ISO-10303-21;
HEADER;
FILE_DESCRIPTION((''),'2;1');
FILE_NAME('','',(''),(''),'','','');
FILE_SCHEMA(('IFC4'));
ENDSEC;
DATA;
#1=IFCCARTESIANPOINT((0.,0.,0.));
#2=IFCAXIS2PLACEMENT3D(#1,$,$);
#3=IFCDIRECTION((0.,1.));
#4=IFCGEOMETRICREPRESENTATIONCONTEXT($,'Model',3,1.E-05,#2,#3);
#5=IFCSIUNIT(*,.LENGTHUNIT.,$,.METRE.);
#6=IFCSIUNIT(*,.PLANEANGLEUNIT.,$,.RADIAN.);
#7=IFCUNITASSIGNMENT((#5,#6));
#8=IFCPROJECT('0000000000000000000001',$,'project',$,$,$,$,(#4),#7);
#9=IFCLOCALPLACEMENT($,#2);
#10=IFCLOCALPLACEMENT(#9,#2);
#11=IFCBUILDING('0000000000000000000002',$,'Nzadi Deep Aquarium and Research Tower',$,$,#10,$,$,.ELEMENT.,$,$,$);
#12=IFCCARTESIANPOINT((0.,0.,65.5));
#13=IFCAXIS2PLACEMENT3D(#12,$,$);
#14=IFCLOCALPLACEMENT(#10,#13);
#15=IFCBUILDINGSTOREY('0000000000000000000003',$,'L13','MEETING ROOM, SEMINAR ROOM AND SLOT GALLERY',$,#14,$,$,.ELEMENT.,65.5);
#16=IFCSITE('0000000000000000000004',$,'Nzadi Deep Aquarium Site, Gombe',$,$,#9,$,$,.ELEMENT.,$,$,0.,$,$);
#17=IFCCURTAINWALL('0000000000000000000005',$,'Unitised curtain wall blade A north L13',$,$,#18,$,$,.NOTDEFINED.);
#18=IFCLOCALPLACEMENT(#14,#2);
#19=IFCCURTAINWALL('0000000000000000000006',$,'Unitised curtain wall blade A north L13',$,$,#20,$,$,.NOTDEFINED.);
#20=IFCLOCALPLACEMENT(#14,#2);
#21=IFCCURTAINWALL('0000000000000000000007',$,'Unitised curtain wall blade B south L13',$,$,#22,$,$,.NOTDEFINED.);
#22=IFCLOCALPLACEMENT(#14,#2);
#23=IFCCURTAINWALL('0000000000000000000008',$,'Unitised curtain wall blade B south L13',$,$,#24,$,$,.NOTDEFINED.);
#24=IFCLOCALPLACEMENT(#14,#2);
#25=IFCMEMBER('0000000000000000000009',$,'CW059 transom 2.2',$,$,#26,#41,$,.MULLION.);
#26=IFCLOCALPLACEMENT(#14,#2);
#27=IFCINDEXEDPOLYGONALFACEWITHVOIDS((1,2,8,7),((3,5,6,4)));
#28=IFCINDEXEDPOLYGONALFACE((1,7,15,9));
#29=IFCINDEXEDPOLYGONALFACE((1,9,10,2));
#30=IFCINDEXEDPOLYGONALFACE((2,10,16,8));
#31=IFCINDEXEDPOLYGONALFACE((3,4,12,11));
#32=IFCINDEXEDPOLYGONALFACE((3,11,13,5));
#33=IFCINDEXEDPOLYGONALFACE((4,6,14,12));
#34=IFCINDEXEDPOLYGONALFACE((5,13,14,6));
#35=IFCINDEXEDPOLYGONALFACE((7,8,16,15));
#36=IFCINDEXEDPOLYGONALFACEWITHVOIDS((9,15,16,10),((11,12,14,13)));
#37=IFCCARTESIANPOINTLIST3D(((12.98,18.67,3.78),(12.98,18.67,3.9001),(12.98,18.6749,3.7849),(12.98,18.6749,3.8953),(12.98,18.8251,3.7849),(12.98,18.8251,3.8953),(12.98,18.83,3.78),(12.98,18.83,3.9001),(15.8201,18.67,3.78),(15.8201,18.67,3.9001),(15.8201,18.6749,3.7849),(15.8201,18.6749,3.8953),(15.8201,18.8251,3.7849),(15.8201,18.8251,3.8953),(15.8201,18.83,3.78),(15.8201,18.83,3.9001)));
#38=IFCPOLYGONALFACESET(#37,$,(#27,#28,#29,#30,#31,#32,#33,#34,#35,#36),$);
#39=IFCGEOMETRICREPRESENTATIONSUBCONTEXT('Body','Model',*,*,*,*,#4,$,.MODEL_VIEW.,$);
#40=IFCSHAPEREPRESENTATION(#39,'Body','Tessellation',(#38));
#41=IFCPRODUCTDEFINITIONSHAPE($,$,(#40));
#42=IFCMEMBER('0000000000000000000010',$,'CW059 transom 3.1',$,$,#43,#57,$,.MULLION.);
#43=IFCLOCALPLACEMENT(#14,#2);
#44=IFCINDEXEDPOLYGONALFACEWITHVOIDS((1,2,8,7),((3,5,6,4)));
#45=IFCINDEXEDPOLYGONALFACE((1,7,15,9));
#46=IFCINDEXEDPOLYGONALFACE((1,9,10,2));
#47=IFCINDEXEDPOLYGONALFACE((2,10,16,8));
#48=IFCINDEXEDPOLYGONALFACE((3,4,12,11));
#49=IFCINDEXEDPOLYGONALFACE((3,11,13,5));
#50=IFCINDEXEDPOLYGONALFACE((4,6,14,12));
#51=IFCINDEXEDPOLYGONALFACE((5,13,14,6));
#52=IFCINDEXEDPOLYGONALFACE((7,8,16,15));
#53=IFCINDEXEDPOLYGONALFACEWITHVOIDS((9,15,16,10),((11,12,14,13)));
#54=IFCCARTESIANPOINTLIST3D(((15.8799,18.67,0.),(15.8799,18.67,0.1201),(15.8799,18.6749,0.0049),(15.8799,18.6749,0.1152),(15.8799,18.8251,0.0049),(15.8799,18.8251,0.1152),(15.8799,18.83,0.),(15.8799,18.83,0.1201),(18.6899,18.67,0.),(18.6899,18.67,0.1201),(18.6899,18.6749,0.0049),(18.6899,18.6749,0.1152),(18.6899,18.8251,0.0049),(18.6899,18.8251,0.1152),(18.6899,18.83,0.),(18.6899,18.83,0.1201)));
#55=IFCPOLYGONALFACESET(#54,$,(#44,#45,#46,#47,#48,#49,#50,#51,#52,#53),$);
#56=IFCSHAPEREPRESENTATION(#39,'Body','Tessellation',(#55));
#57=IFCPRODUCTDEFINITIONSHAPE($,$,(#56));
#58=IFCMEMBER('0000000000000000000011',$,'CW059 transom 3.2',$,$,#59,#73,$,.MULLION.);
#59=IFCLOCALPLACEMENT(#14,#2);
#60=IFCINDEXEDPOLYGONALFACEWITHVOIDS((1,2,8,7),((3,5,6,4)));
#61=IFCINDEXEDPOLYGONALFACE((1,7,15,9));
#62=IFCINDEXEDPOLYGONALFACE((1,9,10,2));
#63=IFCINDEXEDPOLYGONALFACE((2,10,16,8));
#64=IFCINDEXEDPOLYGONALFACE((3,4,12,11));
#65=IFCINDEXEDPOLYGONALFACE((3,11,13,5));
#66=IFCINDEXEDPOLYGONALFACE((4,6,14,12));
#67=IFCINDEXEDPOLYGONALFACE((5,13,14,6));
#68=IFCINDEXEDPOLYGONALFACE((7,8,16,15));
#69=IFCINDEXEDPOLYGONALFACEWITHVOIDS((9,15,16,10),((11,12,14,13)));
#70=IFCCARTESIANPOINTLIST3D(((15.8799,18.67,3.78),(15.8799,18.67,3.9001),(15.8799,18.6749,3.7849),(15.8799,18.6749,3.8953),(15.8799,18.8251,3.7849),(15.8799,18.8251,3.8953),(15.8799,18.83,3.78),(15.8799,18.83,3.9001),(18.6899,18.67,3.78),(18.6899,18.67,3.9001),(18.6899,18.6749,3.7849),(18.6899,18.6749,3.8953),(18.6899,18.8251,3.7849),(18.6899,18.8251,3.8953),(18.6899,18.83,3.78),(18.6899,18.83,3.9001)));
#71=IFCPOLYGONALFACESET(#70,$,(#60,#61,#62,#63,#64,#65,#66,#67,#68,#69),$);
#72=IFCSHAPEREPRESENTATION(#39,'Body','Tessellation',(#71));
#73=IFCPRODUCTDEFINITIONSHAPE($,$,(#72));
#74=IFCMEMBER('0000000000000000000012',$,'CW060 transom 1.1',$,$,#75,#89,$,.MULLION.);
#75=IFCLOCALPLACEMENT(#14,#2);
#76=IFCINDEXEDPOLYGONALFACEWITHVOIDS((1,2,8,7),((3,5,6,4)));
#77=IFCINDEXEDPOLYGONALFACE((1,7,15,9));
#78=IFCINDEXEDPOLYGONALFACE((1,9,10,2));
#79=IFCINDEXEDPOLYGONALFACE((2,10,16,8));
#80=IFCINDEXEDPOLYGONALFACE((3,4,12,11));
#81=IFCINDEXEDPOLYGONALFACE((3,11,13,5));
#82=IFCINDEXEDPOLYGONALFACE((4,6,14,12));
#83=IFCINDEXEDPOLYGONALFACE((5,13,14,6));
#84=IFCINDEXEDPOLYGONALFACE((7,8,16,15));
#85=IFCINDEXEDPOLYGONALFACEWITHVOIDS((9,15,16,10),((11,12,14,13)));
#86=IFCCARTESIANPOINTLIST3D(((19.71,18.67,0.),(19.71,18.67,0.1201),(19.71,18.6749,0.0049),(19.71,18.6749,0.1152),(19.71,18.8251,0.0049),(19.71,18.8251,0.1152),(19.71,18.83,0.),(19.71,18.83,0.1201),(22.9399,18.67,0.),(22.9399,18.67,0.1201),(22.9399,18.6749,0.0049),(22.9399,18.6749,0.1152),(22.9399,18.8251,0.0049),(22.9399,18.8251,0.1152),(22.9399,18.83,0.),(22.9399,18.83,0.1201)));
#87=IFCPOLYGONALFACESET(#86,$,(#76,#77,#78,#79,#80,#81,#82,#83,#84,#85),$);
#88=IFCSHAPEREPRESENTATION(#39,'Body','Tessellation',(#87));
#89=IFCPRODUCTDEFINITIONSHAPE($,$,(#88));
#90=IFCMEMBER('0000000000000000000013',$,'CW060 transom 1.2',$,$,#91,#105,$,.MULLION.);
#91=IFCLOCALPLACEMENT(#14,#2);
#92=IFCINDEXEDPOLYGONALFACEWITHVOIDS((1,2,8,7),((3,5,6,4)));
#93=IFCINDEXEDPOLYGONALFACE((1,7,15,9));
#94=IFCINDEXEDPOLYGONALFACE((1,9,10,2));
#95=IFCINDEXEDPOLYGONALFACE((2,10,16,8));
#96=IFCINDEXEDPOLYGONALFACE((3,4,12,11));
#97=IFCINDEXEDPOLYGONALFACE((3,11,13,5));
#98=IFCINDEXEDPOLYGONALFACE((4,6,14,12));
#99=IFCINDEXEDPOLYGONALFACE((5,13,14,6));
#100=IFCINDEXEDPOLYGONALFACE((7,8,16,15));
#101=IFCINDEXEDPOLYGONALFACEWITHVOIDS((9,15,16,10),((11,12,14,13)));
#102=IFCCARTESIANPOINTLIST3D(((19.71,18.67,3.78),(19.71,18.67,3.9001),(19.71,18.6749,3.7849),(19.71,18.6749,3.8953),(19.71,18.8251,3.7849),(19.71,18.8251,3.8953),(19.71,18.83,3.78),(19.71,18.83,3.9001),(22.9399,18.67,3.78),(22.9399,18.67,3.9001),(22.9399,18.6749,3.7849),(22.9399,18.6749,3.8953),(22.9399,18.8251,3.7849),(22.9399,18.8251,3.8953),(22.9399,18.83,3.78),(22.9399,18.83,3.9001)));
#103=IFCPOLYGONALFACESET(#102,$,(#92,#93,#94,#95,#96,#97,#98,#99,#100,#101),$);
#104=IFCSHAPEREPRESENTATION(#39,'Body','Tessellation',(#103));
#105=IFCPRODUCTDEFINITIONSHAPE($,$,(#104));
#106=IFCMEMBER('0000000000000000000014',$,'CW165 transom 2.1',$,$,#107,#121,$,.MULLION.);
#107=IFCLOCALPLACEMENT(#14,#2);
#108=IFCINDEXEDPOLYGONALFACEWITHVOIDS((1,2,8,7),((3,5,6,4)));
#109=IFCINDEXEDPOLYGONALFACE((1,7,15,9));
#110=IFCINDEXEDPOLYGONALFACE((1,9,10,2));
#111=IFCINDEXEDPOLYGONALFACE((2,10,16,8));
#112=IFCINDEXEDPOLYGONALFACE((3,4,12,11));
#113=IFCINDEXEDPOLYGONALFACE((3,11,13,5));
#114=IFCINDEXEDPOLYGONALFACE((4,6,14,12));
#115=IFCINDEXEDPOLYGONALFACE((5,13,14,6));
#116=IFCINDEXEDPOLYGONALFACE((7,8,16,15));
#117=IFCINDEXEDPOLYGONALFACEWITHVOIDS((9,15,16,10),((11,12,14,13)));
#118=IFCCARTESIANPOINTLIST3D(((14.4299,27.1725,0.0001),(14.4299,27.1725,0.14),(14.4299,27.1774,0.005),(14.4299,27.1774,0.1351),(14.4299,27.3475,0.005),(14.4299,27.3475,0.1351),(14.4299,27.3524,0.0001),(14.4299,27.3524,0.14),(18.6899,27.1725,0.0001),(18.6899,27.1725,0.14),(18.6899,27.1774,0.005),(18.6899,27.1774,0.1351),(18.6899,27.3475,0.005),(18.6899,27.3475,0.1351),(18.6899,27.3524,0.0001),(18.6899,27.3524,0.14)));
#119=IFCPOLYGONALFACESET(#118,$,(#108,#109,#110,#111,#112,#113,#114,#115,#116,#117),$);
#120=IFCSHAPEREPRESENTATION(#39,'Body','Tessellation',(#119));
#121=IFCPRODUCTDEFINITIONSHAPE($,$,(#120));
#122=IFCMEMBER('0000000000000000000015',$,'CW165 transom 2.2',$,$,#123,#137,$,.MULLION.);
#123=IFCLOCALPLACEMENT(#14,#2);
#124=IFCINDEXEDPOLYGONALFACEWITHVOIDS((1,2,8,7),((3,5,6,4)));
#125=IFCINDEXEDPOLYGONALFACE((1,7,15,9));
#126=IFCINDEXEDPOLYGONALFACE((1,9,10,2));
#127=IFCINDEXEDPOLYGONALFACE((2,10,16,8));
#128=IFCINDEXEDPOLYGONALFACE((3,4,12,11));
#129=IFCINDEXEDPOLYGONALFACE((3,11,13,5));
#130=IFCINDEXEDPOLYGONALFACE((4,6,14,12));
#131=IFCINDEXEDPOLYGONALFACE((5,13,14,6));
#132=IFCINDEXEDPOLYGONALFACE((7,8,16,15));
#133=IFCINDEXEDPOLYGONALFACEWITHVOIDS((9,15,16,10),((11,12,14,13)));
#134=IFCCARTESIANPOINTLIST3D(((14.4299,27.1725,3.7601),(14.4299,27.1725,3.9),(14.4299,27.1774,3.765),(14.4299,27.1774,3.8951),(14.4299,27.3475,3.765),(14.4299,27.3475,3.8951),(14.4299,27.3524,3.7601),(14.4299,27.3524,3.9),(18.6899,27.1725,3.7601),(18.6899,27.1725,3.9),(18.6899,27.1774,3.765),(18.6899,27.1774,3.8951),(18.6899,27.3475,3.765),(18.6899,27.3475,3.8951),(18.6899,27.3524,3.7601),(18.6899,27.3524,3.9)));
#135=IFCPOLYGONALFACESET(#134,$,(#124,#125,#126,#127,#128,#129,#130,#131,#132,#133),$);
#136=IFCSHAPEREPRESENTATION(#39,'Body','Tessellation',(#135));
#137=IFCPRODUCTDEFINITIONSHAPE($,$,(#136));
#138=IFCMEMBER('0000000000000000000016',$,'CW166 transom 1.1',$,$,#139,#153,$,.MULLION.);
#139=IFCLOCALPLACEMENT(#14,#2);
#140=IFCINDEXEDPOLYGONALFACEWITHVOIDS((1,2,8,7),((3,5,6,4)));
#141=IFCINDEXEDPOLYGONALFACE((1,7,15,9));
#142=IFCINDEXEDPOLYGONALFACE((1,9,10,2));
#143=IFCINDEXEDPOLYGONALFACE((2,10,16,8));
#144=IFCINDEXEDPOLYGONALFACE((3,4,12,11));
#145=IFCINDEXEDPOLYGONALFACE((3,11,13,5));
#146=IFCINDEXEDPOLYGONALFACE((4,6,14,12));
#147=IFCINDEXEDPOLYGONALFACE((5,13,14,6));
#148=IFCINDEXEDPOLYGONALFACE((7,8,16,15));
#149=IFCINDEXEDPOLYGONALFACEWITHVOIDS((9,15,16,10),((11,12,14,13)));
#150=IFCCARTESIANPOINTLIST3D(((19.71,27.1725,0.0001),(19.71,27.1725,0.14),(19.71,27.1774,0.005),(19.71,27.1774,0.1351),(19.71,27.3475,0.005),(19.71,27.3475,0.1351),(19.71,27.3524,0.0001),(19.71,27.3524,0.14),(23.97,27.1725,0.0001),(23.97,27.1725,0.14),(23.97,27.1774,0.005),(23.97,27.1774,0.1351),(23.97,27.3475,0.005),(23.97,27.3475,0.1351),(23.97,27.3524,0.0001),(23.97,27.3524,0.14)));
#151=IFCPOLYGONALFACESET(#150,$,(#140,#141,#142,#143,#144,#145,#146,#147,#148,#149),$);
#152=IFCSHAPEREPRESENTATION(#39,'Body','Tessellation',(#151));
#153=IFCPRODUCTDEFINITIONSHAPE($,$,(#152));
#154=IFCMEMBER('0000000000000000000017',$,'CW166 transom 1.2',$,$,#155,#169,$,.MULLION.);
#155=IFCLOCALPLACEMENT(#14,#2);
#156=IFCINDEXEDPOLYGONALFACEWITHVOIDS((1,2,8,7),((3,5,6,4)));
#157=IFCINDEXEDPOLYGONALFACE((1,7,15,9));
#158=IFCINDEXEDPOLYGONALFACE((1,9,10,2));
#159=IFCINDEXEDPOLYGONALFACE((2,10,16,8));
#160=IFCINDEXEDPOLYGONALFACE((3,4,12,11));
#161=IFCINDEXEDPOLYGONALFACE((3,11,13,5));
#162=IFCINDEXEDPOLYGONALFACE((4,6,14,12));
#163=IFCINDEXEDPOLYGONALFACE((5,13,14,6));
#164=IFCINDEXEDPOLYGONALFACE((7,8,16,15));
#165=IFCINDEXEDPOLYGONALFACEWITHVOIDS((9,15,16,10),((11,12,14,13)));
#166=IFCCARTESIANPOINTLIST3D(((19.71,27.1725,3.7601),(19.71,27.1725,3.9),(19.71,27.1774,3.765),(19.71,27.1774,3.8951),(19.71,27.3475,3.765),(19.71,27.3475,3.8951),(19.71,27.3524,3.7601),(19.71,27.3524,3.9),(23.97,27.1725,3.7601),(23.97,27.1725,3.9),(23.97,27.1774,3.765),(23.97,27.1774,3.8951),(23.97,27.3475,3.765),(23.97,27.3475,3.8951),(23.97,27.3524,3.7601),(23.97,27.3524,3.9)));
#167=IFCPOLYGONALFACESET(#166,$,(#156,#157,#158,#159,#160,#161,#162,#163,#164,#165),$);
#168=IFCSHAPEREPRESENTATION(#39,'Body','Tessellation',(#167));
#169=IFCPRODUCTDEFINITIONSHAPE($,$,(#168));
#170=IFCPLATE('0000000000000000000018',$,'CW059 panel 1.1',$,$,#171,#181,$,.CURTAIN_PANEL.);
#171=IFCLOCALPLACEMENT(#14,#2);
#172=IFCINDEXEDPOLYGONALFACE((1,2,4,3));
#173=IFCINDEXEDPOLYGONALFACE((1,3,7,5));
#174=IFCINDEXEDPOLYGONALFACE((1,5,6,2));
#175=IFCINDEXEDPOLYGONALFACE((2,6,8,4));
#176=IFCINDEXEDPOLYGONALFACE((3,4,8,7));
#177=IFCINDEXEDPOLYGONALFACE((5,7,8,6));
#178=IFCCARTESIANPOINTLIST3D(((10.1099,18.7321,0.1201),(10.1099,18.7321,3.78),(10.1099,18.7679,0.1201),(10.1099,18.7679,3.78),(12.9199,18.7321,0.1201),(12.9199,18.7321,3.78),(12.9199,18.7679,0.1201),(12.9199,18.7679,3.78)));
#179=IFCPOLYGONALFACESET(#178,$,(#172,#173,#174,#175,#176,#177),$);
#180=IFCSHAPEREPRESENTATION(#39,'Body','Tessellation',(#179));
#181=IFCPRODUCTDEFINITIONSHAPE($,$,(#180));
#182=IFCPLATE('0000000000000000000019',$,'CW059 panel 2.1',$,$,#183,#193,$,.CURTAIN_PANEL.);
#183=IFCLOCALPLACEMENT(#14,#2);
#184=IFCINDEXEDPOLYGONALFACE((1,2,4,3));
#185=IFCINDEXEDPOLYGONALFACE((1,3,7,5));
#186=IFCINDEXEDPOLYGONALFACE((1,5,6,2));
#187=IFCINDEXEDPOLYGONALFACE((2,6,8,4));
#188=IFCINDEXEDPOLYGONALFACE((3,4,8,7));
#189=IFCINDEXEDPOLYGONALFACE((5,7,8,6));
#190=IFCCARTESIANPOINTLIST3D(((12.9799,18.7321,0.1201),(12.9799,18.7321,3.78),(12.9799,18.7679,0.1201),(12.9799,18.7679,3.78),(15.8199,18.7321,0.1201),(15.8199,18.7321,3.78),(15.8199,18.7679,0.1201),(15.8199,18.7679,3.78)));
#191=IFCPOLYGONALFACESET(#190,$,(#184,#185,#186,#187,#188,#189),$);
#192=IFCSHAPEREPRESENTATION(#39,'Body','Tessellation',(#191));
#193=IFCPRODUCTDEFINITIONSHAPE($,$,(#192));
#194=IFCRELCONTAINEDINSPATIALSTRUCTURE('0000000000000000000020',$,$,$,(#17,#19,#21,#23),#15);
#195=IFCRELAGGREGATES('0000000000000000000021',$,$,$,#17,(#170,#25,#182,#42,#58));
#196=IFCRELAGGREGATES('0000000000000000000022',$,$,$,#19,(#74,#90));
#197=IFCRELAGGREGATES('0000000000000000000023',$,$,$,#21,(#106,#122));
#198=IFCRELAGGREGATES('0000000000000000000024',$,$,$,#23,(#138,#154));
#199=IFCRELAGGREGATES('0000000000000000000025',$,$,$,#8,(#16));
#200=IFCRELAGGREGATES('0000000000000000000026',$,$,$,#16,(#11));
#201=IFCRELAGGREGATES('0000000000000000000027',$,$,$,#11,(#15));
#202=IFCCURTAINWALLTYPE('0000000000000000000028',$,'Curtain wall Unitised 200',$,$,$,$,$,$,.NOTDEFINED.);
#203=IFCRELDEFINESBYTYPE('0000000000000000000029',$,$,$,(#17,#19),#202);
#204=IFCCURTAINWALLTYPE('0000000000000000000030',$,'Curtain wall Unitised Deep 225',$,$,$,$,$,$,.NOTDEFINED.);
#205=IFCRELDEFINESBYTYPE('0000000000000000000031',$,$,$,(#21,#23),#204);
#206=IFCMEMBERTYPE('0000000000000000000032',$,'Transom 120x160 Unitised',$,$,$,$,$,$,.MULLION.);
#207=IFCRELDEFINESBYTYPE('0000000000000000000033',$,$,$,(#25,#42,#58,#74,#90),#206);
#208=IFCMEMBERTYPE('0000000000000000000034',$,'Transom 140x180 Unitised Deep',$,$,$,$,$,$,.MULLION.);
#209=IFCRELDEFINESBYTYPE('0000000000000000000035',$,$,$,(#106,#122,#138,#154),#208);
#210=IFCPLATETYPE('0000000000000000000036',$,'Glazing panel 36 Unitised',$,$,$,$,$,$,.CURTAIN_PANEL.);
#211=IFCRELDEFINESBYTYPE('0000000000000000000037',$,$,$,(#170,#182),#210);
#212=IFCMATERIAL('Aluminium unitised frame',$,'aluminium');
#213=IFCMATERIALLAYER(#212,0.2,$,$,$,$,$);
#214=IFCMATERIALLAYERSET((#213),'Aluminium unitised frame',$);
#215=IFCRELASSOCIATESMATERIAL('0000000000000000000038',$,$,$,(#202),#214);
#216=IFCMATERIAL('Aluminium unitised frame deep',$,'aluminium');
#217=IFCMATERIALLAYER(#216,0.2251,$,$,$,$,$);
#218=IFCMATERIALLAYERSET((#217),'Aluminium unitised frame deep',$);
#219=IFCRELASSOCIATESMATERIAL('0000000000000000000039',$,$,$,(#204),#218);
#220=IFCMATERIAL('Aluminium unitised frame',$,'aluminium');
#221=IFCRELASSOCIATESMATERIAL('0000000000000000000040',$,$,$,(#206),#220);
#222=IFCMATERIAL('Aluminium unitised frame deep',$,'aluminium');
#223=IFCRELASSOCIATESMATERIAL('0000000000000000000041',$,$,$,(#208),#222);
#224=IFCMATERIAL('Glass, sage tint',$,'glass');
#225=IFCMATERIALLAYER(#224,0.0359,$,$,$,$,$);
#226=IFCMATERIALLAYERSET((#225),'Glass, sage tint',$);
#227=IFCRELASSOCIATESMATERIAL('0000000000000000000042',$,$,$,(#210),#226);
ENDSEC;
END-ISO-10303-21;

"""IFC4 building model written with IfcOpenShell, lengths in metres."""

from ifc_helpers import new_model, si_unit, direction, frame, origin, origin_2d, place, context, subcontext, project, spatial, rectangle, hollow_rectangle, extrude, material, layer, layer_set, material_profile, profile_set, type_object, element, aggregate, save


model = new_model("IFC4")

# Units and contexts
model_context = context("Model", 3, precision=1e-05, world=origin(), true_north=direction((0.0, 1.0)))
body_context = subcontext(model_context, "Body", "Model", "MODEL_VIEW")
ifc_project = project(units=[si_unit("LENGTHUNIT", "METRE"), si_unit("PLANEANGLEUNIT", "RADIAN")], contexts=[model_context])

# Site, building, storey
site_placement = place(None, origin())
site = spatial("IfcSite", under=ifc_project, at=site_placement, Name="Nzadi Deep Aquarium Site, Gombe", CompositionType="ELEMENT", RefElevation=0.0)
building_placement = place(site_placement, origin())
building = spatial("IfcBuilding", under=site, at=building_placement, Name="Nzadi Deep Aquarium and Research Tower", CompositionType="ELEMENT")
storey_placement = place(building_placement, frame((0.0, 0.0, 65.5)))
storey = spatial("IfcBuildingStorey", under=building, at=storey_placement, Name="L13", Description="MEETING ROOM, SEMINAR ROOM AND SLOT GALLERY", CompositionType="ELEMENT", Elevation=65.5)

# Curtain walls
ifc_material_1 = material(Name="Aluminium unitised frame", Category="aluminium")
ifc_layer_1 = layer(ifc_material_1, 0.2)
ifc_layer_set_1 = layer_set([ifc_layer_1], Name="Aluminium unitised frame")
curtain_wall_type_1 = type_object("IfcCurtainWallType", Name="Curtain wall Unitised 200", PredefinedType="NOTDEFINED", material=ifc_layer_set_1)
curtain_wall_1_placement = place(storey_placement, origin())
curtain_wall_1 = element("IfcCurtainWall", 1, at=curtain_wall_1_placement, inside=storey, type_object=curtain_wall_type_1, Name="Unitised curtain wall blade A north L13", PredefinedType="NOTDEFINED")
curtain_wall_2_placement = place(storey_placement, origin())
curtain_wall_2 = element("IfcCurtainWall", 2, at=curtain_wall_2_placement, inside=storey, type_object=curtain_wall_type_1, Name="Unitised curtain wall blade A north L13", PredefinedType="NOTDEFINED")
ifc_material_2 = material(Name="Aluminium unitised frame deep", Category="aluminium")
ifc_layer_2 = layer(ifc_material_2, 0.2251)
ifc_layer_set_2 = layer_set([ifc_layer_2], Name="Aluminium unitised frame deep")
curtain_wall_type_2 = type_object("IfcCurtainWallType", Name="Curtain wall Unitised Deep 225", PredefinedType="NOTDEFINED", material=ifc_layer_set_2)
curtain_wall_3_placement = place(storey_placement, origin())
curtain_wall_3 = element("IfcCurtainWall", 3, at=curtain_wall_3_placement, inside=storey, type_object=curtain_wall_type_2, Name="Unitised curtain wall blade B south L13", PredefinedType="NOTDEFINED")

# Curtain wall
curtain_wall_4_placement = place(storey_placement, origin())
curtain_wall_4 = element("IfcCurtainWall", 4, at=curtain_wall_4_placement, inside=storey, type_object=curtain_wall_type_2, Name="Unitised curtain wall blade B south L13", PredefinedType="NOTDEFINED")

# Members
ifc_material_3 = material(Name="Aluminium unitised frame", Category="aluminium")
ifc_material_profile_1 = material_profile(ifc_material_3, hollow_rectangle(XDim=0.1599, YDim=0.1201, WallThickness=0.0049, at=origin_2d()))
ifc_profile_set_1 = profile_set([ifc_material_profile_1], Name="Aluminium unitised frame")
member_type_1 = type_object("IfcMemberType", Name="Transom 120x160 Unitised", PredefinedType="MULLION", material=ifc_profile_set_1)
member_1_placement = place(storey_placement, frame((12.98, 18.75, 3.8401), z_axis=(1.0, 0.0, 0.0), x_axis=(0.0, 1.0, 0.0)))
member_1 = element("IfcMember", 5, at=member_1_placement, type_object=member_type_1, Name="CW059 transom 2.2", PredefinedType="MULLION", context=body_context, shape_type="SweptSolid", body=[
    extrude(hollow_rectangle(XDim=0.1599, YDim=0.1201, WallThickness=0.0049, at=origin_2d()), origin(), (0.0, 0.0, 1.0), 2.8401),
])
member_2_placement = place(storey_placement, frame((15.8799, 18.75, 0.0601), z_axis=(1.0, 0.0, 0.0), x_axis=(0.0, 1.0, 0.0)))
member_2 = element("IfcMember", 6, at=member_2_placement, type_object=member_type_1, Name="CW059 transom 3.1", PredefinedType="MULLION", context=body_context, shape_type="SweptSolid", body=[
    extrude(hollow_rectangle(XDim=0.1599, YDim=0.1201, WallThickness=0.0049, at=origin_2d()), origin(), (0.0, 0.0, 1.0), 2.8101),
])
member_3_placement = place(storey_placement, frame((15.8799, 18.75, 3.8401), z_axis=(1.0, 0.0, 0.0), x_axis=(0.0, 1.0, 0.0)))
member_3 = element("IfcMember", 7, at=member_3_placement, type_object=member_type_1, Name="CW059 transom 3.2", PredefinedType="MULLION", context=body_context, shape_type="SweptSolid", body=[
    extrude(hollow_rectangle(XDim=0.1599, YDim=0.1201, WallThickness=0.0049, at=origin_2d()), origin(), (0.0, 0.0, 1.0), 2.8101),
])
member_4_placement = place(storey_placement, frame((19.71, 18.75, 0.0601), z_axis=(1.0, 0.0, 0.0), x_axis=(0.0, 1.0, 0.0)))
member_4 = element("IfcMember", 8, at=member_4_placement, type_object=member_type_1, Name="CW060 transom 1.1", PredefinedType="MULLION", context=body_context, shape_type="SweptSolid", body=[
    extrude(hollow_rectangle(XDim=0.1599, YDim=0.1201, WallThickness=0.0049, at=origin_2d()), origin(), (0.0, 0.0, 1.0), 3.23),
])
member_5_placement = place(storey_placement, frame((19.71, 18.75, 3.8401), z_axis=(1.0, 0.0, 0.0), x_axis=(0.0, 1.0, 0.0)))
member_5 = element("IfcMember", 9, at=member_5_placement, type_object=member_type_1, Name="CW060 transom 1.2", PredefinedType="MULLION", context=body_context, shape_type="SweptSolid", body=[
    extrude(hollow_rectangle(XDim=0.1599, YDim=0.1201, WallThickness=0.0049, at=origin_2d()), origin(), (0.0, 0.0, 1.0), 3.23),
])
ifc_material_4 = material(Name="Aluminium unitised frame deep", Category="aluminium")
ifc_material_profile_2 = material_profile(ifc_material_4, hollow_rectangle(XDim=0.1799, YDim=0.1399, WallThickness=0.0049, at=origin_2d()))
ifc_profile_set_2 = profile_set([ifc_material_profile_2], Name="Aluminium unitised frame deep")
member_type_2 = type_object("IfcMemberType", Name="Transom 140x180 Unitised Deep", PredefinedType="MULLION", material=ifc_profile_set_2)
member_6_placement = place(storey_placement, frame((14.4299, 27.2625, 0.0701), z_axis=(1.0, 0.0, 0.0), x_axis=(0.0, 1.0, 0.0)))
member_6 = element("IfcMember", 10, at=member_6_placement, type_object=member_type_2, Name="CW165 transom 2.1", PredefinedType="MULLION", context=body_context, shape_type="SweptSolid", body=[
    extrude(hollow_rectangle(XDim=0.1799, YDim=0.1399, WallThickness=0.0049, at=origin_2d()), origin(), (0.0, 0.0, 1.0), 4.26),
])
member_7_placement = place(storey_placement, frame((14.4299, 27.2625, 3.8301), z_axis=(1.0, 0.0, 0.0), x_axis=(0.0, 1.0, 0.0)))
member_7 = element("IfcMember", 11, at=member_7_placement, type_object=member_type_2, Name="CW165 transom 2.2", PredefinedType="MULLION", context=body_context, shape_type="SweptSolid", body=[
    extrude(hollow_rectangle(XDim=0.1799, YDim=0.1399, WallThickness=0.0049, at=origin_2d()), origin(), (0.0, 0.0, 1.0), 4.26),
])
member_8_placement = place(storey_placement, frame((19.71, 27.2625, 0.0701), z_axis=(1.0, 0.0, 0.0), x_axis=(0.0, 1.0, 0.0)))
member_8 = element("IfcMember", 12, at=member_8_placement, type_object=member_type_2, Name="CW166 transom 1.1", PredefinedType="MULLION", context=body_context, shape_type="SweptSolid", body=[
    extrude(hollow_rectangle(XDim=0.1799, YDim=0.1399, WallThickness=0.0049, at=origin_2d()), origin(), (0.0, 0.0, 1.0), 4.26),
])
member_9_placement = place(storey_placement, frame((19.71, 27.2625, 3.8301), z_axis=(1.0, 0.0, 0.0), x_axis=(0.0, 1.0, 0.0)))
member_9 = element("IfcMember", 13, at=member_9_placement, type_object=member_type_2, Name="CW166 transom 1.2", PredefinedType="MULLION", context=body_context, shape_type="SweptSolid", body=[
    extrude(hollow_rectangle(XDim=0.1799, YDim=0.1399, WallThickness=0.0049, at=origin_2d()), origin(), (0.0, 0.0, 1.0), 4.26),
])

# Plates
ifc_material_5 = material(Name="Glass, sage tint", Category="glass")
ifc_layer_3 = layer(ifc_material_5, 0.0359)
ifc_layer_set_3 = layer_set([ifc_layer_3], Name="Glass, sage tint")
plate_type_1 = type_object("IfcPlateType", Name="Glazing panel 36 Unitised", PredefinedType="CURTAIN_PANEL", material=ifc_layer_set_3)
plate_1_placement = place(storey_placement, frame((11.5149, 18.75, 0.1201), z_axis=(0.0, 0.0, 1.0), x_axis=(1.0, 0.0, 0.0)))
plate_1 = element("IfcPlate", 14, at=plate_1_placement, type_object=plate_type_1, Name="CW059 panel 1.1", PredefinedType="CURTAIN_PANEL", context=body_context, shape_type="SweptSolid", body=[
    extrude(rectangle(XDim=2.8101, YDim=0.0359, at=origin_2d()), origin(), (0.0, 0.0, 1.0), 3.6599),
])
plate_2_placement = place(storey_placement, frame((14.3999, 18.75, 0.1201), z_axis=(0.0, 0.0, 1.0), x_axis=(1.0, 0.0, 0.0)))
plate_2 = element("IfcPlate", 15, at=plate_2_placement, type_object=plate_type_1, Name="CW059 panel 2.1", PredefinedType="CURTAIN_PANEL", context=body_context, shape_type="SweptSolid", body=[
    extrude(rectangle(XDim=2.8401, YDim=0.0359, at=origin_2d()), origin(), (0.0, 0.0, 1.0), 3.6599),
])
aggregate(curtain_wall_1, [plate_1, member_1, plate_2, member_2, member_3])
aggregate(curtain_wall_2, [member_4, member_5])
aggregate(curtain_wall_3, [member_6, member_7])
aggregate(curtain_wall_4, [member_8, member_9])

save(model, "model.ifc")
